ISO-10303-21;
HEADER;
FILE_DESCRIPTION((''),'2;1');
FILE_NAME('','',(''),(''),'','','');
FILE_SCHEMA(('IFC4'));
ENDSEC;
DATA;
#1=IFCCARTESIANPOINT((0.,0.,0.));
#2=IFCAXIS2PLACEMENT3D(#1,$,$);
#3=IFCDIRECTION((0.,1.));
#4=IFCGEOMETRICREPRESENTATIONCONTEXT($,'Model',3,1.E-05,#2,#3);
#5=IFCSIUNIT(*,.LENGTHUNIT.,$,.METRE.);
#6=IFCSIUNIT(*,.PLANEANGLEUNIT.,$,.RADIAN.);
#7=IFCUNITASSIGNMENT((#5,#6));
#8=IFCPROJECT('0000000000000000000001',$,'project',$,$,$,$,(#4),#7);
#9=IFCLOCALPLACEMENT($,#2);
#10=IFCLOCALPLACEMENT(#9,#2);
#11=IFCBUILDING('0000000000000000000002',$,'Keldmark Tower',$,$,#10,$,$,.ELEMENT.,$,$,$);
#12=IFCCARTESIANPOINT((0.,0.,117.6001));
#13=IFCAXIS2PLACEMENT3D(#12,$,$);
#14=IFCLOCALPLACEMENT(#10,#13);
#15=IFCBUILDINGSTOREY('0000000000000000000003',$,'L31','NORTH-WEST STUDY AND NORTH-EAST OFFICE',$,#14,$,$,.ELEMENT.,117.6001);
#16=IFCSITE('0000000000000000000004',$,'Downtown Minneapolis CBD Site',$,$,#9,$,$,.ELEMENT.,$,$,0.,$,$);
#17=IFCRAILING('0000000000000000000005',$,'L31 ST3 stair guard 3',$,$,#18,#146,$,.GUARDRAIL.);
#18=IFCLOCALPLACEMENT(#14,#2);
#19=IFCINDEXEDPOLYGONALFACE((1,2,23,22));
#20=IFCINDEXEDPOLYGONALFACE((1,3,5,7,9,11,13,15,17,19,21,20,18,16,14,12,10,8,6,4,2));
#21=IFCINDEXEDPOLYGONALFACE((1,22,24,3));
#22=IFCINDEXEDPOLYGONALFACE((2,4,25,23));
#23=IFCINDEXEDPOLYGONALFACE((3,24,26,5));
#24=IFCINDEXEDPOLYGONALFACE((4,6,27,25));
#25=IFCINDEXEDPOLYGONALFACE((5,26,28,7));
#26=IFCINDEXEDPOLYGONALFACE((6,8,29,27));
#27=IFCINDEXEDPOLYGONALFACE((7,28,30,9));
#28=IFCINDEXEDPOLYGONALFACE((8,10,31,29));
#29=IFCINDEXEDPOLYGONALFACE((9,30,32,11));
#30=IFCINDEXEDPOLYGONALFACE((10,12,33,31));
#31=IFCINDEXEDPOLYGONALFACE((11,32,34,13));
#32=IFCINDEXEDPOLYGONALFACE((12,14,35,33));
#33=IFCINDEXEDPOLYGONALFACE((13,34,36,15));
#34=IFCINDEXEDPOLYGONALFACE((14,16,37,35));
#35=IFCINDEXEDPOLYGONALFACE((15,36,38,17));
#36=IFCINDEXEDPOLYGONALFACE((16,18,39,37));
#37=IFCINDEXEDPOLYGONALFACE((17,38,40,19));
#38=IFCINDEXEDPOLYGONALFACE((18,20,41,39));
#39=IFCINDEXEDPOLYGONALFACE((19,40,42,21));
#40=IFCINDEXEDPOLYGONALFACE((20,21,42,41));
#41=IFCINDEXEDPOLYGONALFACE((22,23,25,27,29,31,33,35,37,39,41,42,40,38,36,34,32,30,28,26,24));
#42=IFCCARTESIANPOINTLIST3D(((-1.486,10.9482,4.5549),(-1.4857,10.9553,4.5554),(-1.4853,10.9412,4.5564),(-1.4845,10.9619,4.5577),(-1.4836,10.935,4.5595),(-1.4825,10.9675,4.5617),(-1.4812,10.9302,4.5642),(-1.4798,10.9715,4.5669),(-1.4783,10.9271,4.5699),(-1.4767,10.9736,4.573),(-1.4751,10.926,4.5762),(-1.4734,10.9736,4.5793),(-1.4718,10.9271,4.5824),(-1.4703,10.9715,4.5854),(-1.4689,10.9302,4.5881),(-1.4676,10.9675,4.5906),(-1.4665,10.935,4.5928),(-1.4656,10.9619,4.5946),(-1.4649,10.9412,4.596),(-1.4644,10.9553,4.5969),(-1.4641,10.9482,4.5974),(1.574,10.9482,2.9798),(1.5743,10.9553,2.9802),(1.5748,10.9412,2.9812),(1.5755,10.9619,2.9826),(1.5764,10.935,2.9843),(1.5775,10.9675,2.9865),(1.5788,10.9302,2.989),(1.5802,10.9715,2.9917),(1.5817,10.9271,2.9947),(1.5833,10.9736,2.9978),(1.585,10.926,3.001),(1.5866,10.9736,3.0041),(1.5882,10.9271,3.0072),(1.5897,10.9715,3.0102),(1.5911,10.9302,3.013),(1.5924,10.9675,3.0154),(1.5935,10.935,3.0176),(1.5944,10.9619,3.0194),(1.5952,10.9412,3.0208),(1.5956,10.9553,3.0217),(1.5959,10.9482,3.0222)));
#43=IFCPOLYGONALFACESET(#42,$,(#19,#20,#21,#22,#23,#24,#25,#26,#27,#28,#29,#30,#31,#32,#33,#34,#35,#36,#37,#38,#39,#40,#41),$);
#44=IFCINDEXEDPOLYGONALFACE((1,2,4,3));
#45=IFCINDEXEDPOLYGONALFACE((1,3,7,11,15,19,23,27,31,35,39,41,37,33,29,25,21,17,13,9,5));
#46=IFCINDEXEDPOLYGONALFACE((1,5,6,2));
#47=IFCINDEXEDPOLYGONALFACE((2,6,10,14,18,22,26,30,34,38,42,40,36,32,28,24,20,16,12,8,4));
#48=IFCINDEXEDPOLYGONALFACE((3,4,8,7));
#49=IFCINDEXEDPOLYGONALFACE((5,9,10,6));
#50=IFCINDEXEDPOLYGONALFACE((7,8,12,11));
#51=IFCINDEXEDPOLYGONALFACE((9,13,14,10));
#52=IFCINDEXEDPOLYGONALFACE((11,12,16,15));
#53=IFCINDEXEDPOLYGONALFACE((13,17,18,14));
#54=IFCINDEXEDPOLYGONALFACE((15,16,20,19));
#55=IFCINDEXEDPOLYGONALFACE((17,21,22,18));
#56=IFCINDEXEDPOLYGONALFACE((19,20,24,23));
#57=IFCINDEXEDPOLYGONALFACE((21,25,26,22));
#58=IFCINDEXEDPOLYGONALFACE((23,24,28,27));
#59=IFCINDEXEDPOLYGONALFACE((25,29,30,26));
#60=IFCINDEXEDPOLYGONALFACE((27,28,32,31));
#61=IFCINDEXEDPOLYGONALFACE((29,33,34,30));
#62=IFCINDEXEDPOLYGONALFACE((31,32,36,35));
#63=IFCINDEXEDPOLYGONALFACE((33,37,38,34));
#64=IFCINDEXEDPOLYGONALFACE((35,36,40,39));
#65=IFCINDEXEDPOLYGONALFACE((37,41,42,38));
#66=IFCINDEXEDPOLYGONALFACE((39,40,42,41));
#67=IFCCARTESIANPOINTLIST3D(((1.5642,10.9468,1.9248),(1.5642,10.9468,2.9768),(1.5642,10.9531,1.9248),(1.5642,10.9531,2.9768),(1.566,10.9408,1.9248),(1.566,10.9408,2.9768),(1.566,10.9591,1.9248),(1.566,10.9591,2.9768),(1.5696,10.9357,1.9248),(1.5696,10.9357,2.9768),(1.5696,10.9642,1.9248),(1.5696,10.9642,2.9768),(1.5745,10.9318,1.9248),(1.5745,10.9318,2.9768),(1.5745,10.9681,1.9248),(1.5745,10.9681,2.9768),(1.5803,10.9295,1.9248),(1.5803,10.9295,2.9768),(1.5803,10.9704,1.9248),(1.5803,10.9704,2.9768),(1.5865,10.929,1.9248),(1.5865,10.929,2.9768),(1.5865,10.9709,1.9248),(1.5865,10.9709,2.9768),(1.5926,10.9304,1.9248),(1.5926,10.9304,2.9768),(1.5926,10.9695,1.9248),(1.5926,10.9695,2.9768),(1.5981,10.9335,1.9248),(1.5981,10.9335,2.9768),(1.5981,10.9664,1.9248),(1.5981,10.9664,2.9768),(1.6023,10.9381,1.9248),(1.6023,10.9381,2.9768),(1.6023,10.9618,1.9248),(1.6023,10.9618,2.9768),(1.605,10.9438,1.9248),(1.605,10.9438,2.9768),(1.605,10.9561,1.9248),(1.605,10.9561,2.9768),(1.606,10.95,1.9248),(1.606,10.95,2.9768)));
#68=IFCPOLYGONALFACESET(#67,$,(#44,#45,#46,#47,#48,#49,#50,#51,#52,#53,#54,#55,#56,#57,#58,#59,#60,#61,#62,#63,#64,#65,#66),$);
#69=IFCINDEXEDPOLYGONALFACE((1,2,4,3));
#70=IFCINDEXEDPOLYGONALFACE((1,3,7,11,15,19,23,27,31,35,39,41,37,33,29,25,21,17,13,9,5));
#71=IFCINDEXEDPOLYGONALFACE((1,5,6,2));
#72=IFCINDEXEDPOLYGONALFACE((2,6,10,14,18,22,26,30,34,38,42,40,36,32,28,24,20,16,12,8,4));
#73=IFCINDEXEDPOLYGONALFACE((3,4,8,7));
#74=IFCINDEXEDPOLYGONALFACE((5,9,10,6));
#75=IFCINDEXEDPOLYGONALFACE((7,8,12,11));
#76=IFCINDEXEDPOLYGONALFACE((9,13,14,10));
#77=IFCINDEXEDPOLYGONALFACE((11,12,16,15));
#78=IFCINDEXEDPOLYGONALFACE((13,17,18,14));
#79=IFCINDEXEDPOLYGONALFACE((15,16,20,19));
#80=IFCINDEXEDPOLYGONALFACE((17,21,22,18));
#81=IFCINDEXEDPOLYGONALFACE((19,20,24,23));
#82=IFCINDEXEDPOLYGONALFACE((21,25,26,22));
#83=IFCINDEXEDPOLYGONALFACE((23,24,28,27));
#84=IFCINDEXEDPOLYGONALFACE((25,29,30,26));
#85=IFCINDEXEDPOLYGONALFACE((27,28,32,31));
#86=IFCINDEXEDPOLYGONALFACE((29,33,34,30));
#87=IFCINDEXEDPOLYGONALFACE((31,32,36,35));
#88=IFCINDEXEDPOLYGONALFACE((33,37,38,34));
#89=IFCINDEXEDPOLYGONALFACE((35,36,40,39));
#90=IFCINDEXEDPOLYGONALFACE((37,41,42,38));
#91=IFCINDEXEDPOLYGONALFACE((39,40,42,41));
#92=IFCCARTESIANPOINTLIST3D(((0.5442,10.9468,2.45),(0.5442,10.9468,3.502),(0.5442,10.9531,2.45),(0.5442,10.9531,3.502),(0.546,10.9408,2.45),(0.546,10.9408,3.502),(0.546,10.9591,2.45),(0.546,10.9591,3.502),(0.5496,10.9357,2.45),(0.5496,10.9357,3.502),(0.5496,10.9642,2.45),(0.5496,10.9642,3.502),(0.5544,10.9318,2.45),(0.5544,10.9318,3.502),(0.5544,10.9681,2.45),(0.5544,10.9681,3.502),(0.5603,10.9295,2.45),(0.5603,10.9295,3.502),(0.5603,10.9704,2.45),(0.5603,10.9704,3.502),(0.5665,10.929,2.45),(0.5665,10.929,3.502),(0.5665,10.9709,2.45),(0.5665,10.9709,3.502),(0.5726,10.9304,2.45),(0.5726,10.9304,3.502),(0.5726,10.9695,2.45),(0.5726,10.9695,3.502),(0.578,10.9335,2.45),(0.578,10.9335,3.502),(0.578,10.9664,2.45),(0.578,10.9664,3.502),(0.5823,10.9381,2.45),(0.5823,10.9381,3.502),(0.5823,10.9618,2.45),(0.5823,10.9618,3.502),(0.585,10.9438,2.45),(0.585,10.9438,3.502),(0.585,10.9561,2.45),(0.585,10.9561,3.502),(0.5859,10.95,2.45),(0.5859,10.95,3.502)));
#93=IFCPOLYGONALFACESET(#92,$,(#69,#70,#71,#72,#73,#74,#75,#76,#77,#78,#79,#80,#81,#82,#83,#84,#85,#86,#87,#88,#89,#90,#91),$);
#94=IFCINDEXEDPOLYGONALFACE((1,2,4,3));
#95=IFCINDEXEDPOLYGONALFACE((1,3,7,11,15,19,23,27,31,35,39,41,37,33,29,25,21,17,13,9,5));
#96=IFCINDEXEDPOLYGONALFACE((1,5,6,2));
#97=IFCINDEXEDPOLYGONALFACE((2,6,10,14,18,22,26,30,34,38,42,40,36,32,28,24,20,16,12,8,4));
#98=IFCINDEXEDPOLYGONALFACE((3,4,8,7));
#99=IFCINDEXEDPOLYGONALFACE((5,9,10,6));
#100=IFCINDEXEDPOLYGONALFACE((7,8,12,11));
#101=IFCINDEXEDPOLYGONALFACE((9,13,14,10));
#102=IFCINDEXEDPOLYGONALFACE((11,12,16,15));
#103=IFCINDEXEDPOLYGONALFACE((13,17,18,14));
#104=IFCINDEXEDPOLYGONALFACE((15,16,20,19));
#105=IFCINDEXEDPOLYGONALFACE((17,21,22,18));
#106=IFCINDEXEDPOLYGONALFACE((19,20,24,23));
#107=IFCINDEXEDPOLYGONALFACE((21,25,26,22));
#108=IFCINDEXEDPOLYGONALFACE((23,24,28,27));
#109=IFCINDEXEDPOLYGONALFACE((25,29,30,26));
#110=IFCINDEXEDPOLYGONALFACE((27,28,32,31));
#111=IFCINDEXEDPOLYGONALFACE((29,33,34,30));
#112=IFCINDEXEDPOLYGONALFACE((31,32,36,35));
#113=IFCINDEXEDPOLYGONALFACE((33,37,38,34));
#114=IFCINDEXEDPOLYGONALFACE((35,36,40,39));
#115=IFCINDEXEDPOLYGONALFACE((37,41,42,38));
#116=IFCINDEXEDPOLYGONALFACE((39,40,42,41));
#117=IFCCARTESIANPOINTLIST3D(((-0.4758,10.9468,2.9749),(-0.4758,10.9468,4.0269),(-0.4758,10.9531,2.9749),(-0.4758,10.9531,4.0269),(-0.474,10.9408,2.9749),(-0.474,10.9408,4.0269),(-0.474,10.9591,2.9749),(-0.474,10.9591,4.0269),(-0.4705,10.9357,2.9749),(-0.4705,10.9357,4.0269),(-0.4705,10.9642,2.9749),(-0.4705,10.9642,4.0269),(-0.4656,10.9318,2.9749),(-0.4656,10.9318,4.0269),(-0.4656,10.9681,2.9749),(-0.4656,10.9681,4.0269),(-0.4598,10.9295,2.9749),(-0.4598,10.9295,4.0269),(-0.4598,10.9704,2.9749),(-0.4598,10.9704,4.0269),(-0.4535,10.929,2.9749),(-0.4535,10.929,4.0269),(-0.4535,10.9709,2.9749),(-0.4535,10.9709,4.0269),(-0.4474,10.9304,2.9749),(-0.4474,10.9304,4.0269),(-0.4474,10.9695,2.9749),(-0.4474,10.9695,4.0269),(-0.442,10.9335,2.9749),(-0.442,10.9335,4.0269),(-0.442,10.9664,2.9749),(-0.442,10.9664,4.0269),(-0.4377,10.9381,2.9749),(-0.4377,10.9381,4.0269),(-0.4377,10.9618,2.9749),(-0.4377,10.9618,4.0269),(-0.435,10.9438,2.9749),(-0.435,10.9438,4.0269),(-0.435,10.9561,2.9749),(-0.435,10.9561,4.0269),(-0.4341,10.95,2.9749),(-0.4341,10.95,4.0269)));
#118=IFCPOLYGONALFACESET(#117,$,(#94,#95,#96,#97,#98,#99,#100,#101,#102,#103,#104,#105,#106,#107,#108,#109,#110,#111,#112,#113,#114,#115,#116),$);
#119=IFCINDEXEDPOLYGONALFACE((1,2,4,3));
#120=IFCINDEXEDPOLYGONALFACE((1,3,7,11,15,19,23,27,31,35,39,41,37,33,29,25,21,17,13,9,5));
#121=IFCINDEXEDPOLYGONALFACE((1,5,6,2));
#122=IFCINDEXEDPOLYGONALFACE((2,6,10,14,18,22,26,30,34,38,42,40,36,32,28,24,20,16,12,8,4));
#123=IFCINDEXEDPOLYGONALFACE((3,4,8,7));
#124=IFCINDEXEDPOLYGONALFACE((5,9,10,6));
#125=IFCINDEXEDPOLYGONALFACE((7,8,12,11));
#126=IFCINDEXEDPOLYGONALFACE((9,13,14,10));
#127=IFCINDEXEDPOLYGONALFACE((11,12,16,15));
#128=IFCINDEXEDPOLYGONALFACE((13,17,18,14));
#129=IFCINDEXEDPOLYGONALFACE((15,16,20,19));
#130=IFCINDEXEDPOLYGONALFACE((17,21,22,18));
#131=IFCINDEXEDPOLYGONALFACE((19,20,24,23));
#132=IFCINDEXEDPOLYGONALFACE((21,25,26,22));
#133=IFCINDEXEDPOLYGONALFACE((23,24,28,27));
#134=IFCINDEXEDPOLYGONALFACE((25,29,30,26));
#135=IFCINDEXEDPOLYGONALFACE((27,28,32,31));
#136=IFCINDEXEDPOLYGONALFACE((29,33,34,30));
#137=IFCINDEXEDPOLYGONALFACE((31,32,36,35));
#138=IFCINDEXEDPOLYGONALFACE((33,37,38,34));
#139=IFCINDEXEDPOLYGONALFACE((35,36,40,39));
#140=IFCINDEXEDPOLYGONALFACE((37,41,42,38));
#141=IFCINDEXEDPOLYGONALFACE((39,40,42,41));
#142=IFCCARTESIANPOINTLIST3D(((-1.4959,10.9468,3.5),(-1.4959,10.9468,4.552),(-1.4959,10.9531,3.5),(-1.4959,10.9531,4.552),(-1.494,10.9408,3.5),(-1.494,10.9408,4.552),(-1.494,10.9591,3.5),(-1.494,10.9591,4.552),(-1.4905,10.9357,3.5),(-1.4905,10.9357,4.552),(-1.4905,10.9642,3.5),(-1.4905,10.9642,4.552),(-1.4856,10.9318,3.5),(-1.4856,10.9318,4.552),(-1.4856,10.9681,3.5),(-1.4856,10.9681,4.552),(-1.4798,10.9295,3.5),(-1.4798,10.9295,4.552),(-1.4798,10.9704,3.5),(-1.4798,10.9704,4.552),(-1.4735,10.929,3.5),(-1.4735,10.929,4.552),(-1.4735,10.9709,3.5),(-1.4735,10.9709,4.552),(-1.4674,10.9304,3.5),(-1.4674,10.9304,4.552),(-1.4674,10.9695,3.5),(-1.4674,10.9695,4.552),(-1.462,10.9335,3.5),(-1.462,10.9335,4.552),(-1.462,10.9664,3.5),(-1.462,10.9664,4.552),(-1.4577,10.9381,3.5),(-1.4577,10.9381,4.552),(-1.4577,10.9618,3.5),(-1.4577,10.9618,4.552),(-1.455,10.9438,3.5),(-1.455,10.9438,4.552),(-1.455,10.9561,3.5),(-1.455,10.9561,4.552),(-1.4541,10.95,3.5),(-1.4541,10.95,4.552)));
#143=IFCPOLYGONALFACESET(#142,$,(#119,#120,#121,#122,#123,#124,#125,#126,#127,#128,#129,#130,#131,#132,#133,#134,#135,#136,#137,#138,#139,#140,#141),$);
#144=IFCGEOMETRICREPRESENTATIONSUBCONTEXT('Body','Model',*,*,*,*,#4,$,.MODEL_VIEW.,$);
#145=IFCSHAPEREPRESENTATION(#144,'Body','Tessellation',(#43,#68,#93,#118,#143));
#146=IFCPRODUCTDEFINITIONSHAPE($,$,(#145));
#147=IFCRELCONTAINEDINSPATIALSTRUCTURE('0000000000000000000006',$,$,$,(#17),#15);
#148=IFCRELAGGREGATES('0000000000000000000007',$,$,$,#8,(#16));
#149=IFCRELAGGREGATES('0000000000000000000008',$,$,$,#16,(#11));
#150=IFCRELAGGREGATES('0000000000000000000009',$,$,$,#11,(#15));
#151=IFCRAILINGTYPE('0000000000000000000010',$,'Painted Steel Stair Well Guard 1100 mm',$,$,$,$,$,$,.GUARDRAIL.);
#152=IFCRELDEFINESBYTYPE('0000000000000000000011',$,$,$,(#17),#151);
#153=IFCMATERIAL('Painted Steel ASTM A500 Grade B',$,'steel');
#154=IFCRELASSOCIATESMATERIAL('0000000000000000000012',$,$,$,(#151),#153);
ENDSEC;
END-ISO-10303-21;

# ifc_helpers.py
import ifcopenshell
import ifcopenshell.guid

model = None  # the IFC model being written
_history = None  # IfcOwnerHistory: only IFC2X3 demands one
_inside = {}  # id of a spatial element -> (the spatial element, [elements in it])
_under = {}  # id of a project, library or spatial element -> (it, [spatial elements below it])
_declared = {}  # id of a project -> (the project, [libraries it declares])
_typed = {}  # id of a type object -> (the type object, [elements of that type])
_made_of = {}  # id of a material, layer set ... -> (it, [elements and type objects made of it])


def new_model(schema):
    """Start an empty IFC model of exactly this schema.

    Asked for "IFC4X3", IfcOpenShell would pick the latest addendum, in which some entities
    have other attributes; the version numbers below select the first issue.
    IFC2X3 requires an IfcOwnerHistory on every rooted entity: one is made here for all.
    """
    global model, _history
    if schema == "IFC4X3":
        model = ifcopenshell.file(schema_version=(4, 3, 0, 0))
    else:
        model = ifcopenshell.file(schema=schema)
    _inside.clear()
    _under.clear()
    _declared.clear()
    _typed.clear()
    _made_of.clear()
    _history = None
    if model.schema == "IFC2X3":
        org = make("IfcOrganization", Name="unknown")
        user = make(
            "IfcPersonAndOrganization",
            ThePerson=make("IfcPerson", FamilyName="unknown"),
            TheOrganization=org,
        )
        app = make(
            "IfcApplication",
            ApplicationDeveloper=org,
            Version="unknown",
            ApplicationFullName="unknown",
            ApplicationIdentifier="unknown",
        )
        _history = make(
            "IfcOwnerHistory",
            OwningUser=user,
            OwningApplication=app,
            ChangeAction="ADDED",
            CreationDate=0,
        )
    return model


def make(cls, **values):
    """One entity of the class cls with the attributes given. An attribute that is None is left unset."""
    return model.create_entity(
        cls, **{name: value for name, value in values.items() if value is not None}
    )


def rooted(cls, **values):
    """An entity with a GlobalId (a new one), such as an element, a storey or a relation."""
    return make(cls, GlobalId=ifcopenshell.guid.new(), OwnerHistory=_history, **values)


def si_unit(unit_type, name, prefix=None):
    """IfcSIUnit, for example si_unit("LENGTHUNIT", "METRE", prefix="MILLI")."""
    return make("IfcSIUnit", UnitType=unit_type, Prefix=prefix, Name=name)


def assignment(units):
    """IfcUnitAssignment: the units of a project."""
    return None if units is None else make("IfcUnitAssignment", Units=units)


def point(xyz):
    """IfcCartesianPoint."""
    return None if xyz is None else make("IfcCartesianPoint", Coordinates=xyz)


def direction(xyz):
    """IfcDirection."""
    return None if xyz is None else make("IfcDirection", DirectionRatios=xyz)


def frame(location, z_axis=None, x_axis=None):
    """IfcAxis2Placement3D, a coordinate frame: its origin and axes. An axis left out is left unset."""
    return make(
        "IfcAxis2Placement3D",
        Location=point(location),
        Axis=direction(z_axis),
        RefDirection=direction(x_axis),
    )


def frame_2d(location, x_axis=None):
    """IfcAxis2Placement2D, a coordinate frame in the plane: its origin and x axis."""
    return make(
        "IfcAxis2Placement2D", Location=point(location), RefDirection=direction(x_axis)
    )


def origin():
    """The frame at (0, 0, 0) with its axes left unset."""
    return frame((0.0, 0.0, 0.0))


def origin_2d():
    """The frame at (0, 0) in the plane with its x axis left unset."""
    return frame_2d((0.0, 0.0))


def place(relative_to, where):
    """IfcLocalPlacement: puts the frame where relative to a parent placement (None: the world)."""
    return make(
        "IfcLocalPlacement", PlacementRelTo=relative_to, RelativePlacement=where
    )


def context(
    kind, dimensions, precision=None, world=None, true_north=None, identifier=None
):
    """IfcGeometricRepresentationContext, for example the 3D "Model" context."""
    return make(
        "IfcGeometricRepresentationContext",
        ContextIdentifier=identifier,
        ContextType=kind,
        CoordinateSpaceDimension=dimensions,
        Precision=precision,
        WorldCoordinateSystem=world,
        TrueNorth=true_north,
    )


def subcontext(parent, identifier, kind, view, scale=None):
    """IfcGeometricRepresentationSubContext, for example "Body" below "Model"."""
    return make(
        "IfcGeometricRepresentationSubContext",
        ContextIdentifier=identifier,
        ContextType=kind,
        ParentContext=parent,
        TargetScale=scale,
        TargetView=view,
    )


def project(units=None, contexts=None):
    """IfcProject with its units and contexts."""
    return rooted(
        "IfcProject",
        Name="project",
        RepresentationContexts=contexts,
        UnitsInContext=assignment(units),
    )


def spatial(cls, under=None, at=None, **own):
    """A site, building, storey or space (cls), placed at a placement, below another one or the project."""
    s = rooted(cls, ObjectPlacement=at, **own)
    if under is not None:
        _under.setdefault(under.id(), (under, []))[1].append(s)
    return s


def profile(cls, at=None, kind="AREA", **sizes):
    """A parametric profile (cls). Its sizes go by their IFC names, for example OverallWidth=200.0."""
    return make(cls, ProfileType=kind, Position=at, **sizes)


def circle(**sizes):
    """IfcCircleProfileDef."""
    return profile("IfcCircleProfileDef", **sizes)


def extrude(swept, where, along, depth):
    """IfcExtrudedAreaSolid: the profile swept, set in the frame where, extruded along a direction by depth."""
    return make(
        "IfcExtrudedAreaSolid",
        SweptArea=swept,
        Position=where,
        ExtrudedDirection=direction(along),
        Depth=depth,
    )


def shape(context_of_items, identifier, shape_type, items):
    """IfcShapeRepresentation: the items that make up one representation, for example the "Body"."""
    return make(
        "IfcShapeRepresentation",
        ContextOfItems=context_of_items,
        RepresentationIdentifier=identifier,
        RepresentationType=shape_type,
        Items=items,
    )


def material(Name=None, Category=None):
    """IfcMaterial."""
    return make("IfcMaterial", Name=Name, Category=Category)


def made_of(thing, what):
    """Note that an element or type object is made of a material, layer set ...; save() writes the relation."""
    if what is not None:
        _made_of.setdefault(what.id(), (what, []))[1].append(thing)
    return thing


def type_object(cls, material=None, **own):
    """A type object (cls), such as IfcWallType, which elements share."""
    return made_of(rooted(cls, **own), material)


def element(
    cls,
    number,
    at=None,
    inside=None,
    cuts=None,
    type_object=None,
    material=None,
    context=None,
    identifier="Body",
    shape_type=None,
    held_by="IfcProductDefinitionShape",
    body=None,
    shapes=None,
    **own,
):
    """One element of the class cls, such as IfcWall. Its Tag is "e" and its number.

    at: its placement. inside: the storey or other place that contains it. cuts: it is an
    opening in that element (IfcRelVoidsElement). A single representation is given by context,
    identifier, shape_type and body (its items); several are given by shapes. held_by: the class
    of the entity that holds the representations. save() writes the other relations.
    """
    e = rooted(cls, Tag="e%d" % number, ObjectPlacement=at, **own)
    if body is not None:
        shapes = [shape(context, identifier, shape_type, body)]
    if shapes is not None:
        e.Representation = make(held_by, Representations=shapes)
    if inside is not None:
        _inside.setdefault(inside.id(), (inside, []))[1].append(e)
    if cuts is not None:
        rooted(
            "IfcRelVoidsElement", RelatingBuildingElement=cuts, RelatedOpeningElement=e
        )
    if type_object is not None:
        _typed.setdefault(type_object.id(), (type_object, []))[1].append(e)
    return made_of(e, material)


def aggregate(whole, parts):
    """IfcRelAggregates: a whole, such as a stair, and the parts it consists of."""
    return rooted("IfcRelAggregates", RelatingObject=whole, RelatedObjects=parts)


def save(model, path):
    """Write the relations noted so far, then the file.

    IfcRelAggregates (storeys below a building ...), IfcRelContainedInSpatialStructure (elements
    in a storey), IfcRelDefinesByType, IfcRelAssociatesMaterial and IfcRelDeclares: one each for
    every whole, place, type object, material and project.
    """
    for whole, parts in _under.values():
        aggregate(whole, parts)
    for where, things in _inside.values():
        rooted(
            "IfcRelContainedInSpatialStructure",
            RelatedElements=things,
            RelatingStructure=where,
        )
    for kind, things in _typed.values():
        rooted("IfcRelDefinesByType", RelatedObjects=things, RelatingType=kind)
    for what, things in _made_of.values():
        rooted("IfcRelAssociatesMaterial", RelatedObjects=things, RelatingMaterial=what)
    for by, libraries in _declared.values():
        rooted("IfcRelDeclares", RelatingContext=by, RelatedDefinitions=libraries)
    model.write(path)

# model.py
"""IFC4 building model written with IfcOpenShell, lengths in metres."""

from ifc_helpers import new_model, si_unit, direction, frame, origin, origin_2d, place, context, subcontext, project, spatial, circle, extrude, material, type_object, element, save


model = new_model("IFC4")

# Units and contexts
model_context = context("Model", 3, precision=1e-05, world=origin(), true_north=direction((0.0, 1.0)))
body_context = subcontext(model_context, "Body", "Model", "MODEL_VIEW")
ifc_project = project(units=[si_unit("LENGTHUNIT", "METRE"), si_unit("PLANEANGLEUNIT", "RADIAN")], contexts=[model_context])

# Site, building, storey
site_placement = place(None, origin())
site = spatial("IfcSite", under=ifc_project, at=site_placement, Name="Downtown Minneapolis CBD Site", CompositionType="ELEMENT", RefElevation=0.0)
building_placement = place(site_placement, origin())
building = spatial("IfcBuilding", under=site, at=building_placement, Name="Keldmark Tower", CompositionType="ELEMENT")
storey_placement = place(building_placement, frame((0.0, 0.0, 117.6001)))
storey = spatial("IfcBuildingStorey", under=building, at=storey_placement, Name="L31", Description="NORTH-WEST STUDY AND NORTH-EAST OFFICE", CompositionType="ELEMENT", Elevation=117.6001)

# Railing
ifc_material_1 = material(Name="Painted Steel ASTM A500 Grade B", Category="steel")
railing_type = type_object("IfcRailingType", Name="Painted Steel Stair Well Guard 1100 mm", PredefinedType="GUARDRAIL", material=ifc_material_1)
railing_1_placement = place(storey_placement, frame((1.585, 10.95, 1.9248)))
element("IfcRailing", 1, at=railing_1_placement, inside=storey, type_object=railing_type, Name="L31 ST3 stair guard 3", PredefinedType="GUARDRAIL", context=body_context, shape_type="SweptSolid", body=[
    extrude(circle(Radius=0.0239, at=origin_2d()), frame((0.0, 0.0, 1.0762), z_axis=(-0.889116, 0.0, 0.457681), x_axis=(0.0, -1.0, 0.0)), (0.0, 0.0, 1.0), 3.4417),
    extrude(circle(Radius=0.021, at=origin_2d()), origin(), (0.0, 0.0, 1.0), 1.052),
    extrude(circle(Radius=0.021, at=origin_2d()), frame((-1.02, 0.0, 0.5251)), (0.0, 0.0, 1.0), 1.052),
    extrude(circle(Radius=0.021, at=origin_2d()), frame((-2.04, 0.0, 1.05)), (0.0, 0.0, 1.0), 1.052),
    extrude(circle(Radius=0.021, at=origin_2d()), frame((-3.0601, 0.0, 1.5752)), (0.0, 0.0, 1.0), 1.052),
])

save(model, "model.ifc")
